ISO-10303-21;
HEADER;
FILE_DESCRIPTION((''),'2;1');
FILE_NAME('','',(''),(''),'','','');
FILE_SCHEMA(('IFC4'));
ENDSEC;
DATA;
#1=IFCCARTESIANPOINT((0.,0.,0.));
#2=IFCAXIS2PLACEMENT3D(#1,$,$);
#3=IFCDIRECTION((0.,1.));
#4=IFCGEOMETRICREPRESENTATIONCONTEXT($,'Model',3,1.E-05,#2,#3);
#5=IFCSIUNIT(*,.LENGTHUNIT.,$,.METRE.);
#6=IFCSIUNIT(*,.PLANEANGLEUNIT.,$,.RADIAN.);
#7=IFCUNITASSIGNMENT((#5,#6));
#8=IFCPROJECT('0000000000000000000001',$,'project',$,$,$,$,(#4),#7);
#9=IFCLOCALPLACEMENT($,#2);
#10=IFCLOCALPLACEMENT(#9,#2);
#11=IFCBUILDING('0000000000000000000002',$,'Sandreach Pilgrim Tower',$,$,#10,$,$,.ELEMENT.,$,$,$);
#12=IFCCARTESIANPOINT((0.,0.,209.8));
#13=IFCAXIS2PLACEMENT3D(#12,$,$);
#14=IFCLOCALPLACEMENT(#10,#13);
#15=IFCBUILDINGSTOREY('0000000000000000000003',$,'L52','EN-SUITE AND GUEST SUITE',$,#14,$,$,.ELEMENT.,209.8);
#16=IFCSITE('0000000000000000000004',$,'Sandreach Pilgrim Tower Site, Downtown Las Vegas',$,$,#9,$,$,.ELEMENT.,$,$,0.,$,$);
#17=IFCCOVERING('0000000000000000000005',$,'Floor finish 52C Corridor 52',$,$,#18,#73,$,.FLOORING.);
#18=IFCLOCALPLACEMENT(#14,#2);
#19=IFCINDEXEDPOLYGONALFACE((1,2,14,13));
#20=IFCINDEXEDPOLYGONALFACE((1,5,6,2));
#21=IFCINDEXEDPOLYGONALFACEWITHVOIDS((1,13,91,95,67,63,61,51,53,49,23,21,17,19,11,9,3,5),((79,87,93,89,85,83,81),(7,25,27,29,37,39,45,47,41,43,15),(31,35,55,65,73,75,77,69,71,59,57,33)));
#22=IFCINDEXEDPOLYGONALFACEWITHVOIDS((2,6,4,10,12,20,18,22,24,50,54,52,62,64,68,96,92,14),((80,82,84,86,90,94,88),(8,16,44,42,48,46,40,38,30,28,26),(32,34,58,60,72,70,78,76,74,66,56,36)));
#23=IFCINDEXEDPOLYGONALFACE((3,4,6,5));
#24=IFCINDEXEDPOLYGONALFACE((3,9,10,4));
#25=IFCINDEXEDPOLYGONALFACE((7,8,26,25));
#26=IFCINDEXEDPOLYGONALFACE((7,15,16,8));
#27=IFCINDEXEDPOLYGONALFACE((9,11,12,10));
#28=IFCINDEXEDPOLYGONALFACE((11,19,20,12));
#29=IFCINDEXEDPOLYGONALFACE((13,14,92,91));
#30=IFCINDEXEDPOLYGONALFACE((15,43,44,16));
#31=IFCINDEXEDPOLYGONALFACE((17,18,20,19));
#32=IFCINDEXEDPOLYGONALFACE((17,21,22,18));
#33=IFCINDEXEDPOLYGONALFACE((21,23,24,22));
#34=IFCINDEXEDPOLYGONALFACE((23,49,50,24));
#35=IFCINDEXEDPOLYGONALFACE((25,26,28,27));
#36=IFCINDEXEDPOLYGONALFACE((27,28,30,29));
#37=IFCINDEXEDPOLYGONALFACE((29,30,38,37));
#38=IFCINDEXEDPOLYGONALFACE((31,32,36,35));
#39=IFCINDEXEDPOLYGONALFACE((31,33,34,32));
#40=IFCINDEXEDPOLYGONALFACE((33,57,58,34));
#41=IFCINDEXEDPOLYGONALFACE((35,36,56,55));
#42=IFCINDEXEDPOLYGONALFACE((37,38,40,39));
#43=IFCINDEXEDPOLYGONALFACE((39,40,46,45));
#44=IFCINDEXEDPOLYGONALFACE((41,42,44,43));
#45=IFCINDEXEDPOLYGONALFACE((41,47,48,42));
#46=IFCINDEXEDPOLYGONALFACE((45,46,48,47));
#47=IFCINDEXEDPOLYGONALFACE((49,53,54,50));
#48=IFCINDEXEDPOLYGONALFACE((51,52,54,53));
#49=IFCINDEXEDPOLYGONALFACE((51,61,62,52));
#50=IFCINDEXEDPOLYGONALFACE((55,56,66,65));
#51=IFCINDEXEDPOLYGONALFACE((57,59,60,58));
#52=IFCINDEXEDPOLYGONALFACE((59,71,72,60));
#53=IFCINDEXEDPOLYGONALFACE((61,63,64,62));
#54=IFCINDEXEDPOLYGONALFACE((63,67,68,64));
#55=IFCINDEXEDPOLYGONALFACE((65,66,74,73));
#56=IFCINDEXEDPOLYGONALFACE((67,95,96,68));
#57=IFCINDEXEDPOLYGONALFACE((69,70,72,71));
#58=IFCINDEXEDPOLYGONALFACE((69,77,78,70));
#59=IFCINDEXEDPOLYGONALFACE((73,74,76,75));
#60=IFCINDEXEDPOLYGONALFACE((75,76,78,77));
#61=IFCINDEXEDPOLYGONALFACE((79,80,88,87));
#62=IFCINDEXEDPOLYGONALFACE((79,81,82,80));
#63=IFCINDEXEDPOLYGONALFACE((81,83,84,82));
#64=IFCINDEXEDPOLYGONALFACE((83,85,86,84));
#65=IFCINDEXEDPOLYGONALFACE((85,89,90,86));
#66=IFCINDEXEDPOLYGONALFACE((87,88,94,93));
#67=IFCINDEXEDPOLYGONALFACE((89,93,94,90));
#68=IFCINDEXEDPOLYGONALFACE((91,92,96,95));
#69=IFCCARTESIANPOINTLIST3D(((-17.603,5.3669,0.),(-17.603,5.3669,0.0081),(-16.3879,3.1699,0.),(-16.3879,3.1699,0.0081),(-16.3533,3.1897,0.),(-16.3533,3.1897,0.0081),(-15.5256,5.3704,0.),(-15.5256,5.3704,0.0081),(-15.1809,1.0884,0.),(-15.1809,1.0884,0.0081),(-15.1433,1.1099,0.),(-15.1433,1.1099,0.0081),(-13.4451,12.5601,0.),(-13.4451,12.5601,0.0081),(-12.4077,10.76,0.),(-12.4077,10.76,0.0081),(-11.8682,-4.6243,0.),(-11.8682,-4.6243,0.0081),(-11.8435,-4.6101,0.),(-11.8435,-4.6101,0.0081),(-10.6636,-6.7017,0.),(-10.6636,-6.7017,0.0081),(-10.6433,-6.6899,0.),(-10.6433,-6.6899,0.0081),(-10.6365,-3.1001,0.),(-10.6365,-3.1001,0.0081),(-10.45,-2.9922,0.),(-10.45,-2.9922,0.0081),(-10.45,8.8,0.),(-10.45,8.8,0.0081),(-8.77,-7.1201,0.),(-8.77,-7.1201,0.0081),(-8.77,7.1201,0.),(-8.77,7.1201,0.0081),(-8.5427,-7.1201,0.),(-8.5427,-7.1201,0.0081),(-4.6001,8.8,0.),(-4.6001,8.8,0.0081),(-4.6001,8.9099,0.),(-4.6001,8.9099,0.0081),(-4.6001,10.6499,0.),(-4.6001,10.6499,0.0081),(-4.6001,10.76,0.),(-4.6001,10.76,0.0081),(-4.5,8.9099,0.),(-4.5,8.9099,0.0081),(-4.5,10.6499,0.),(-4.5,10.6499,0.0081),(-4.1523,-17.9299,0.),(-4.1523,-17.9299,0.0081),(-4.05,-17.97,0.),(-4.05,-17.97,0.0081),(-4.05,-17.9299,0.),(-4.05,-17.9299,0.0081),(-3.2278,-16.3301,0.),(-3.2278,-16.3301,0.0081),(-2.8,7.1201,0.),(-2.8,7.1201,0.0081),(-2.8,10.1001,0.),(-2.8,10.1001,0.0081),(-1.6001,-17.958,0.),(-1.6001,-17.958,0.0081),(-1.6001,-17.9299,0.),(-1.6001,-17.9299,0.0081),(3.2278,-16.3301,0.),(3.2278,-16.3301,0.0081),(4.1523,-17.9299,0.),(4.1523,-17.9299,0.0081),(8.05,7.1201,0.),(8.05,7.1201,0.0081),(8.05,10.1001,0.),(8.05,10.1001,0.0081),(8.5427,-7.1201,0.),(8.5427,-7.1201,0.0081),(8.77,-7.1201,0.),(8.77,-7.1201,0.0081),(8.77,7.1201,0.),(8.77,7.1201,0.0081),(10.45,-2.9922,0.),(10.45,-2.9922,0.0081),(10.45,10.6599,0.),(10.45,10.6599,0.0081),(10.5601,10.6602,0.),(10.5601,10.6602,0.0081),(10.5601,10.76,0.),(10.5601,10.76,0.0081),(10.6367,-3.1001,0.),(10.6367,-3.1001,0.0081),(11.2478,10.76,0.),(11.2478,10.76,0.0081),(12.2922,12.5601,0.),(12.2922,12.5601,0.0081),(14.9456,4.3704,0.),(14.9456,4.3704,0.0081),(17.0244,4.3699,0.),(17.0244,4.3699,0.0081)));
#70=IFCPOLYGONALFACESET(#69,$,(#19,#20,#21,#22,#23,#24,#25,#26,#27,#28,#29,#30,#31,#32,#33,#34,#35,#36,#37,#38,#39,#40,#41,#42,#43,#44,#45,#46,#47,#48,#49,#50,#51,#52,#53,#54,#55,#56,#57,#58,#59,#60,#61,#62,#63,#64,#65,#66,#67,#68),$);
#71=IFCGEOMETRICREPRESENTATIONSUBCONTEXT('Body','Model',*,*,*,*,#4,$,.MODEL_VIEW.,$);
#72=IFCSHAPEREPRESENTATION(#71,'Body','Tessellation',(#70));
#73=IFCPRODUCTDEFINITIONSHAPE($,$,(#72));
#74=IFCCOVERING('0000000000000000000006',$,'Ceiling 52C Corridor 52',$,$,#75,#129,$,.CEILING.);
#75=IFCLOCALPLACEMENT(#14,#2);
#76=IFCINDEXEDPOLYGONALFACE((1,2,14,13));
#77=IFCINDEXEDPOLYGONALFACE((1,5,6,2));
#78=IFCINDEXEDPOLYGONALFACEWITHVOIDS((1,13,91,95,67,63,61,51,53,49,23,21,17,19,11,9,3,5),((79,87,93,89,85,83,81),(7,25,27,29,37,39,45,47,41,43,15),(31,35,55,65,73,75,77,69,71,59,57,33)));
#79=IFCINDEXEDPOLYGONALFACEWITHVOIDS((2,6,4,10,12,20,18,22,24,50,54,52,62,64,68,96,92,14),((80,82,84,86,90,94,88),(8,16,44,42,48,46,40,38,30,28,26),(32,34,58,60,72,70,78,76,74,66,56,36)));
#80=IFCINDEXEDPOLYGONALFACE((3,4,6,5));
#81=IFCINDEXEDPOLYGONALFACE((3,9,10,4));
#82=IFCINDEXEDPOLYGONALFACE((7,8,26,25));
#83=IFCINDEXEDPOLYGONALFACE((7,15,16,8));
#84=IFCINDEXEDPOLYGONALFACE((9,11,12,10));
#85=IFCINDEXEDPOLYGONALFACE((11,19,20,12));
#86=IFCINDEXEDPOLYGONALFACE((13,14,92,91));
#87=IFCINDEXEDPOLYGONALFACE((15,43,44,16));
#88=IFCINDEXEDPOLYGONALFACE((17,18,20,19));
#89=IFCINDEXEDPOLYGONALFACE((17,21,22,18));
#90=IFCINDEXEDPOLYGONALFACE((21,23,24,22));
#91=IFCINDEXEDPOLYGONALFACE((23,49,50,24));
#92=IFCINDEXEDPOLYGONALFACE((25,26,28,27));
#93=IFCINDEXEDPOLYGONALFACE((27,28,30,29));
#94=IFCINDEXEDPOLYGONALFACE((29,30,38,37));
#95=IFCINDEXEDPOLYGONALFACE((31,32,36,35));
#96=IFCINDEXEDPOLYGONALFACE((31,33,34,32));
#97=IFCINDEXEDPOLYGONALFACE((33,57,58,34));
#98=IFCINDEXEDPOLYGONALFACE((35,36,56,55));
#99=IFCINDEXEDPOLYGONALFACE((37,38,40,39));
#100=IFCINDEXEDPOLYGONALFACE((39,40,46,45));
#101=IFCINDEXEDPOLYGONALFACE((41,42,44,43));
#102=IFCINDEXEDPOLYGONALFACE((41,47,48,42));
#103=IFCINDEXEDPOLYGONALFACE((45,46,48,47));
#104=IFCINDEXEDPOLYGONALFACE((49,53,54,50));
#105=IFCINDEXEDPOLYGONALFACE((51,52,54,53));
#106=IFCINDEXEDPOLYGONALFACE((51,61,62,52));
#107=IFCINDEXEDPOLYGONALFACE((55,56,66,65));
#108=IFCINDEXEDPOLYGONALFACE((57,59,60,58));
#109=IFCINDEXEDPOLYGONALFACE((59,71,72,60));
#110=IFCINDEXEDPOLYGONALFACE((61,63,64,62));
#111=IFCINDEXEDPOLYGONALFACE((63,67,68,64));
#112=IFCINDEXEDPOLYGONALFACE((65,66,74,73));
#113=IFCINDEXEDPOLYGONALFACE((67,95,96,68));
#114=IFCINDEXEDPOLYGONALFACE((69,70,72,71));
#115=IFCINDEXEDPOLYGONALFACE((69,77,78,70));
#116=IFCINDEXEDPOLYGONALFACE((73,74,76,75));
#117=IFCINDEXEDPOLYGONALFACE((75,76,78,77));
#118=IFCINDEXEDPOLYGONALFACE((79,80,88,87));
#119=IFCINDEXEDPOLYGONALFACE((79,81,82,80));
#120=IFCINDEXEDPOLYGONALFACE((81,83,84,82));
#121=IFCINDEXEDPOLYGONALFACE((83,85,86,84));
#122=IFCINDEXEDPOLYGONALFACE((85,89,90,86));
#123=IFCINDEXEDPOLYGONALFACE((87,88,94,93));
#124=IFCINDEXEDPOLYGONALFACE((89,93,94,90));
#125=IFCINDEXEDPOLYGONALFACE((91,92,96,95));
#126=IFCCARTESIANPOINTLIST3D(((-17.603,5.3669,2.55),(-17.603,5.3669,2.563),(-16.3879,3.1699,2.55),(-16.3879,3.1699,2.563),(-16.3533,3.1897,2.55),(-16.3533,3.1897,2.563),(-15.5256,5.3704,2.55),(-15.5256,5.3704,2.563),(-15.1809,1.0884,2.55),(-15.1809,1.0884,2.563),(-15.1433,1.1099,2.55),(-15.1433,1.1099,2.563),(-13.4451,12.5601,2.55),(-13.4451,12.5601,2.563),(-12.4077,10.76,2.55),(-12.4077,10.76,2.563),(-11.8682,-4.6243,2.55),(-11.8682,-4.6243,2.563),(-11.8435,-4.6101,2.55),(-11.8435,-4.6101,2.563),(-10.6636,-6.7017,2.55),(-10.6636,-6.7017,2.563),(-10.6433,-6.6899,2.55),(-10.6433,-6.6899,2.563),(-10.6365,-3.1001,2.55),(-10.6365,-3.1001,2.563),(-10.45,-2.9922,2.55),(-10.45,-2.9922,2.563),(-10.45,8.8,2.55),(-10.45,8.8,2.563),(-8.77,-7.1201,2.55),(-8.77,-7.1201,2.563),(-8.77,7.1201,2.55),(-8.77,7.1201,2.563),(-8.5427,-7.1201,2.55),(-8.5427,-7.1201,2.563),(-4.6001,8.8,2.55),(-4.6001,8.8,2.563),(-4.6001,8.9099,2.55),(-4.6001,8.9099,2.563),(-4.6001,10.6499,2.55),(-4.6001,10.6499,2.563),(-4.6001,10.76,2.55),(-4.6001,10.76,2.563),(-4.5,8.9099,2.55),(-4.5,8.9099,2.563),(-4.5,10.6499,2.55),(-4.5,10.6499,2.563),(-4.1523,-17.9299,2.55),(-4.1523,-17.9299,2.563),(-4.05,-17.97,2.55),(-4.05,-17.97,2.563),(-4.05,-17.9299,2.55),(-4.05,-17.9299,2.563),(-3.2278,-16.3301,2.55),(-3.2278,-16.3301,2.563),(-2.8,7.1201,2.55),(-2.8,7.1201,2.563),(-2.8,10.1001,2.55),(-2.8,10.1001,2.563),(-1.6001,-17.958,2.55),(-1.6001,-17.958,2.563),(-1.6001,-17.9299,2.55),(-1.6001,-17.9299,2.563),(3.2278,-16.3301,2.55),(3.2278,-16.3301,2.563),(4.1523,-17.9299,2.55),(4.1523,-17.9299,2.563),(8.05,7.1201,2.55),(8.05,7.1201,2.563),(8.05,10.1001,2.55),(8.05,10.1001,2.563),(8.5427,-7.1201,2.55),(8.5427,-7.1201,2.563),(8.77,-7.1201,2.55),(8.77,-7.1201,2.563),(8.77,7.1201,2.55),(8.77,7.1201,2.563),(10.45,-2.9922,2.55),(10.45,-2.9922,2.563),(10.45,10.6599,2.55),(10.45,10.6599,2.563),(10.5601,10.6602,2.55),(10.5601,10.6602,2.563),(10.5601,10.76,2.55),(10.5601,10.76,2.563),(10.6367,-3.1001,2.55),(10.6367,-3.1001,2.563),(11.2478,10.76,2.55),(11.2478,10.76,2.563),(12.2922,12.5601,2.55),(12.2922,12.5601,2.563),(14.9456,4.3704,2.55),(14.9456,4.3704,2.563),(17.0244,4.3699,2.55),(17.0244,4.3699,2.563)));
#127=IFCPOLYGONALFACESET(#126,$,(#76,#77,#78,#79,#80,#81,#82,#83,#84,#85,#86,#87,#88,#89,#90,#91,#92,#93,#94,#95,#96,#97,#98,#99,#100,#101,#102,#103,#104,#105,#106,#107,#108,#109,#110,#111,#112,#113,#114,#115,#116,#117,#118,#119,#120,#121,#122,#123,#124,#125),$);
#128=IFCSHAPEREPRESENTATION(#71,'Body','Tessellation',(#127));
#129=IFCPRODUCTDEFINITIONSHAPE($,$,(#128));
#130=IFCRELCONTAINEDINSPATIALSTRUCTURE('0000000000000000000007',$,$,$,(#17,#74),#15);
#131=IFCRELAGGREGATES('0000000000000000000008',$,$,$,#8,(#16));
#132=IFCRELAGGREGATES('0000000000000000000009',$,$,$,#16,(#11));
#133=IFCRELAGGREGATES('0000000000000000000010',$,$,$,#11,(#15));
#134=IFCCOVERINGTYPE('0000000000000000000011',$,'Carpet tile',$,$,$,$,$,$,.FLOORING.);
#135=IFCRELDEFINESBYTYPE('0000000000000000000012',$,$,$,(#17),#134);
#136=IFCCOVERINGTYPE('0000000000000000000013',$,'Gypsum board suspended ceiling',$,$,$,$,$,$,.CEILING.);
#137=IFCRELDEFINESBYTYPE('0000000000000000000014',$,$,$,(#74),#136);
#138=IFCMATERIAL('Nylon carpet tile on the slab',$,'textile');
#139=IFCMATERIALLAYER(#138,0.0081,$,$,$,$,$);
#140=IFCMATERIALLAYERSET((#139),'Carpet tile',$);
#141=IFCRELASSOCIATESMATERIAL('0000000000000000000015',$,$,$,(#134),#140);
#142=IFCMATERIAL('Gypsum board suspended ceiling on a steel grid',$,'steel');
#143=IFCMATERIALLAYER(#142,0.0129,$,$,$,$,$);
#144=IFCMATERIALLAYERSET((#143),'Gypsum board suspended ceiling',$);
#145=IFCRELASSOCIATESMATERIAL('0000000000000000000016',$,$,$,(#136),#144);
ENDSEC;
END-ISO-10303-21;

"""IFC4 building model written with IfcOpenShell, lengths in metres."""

from ifc_helpers import new_model, si_unit, direction, frame, origin, place, context, subcontext, project, spatial, polyline, outline, extrude, material, layer, layer_set, type_object, element, save


model = new_model("IFC4")

# Units and contexts
model_context = context("Model", 3, precision=1e-05, world=origin(), true_north=direction((0.0, 1.0)))
body_context = subcontext(model_context, "Body", "Model", "MODEL_VIEW")
ifc_project = project(units=[si_unit("LENGTHUNIT", "METRE"), si_unit("PLANEANGLEUNIT", "RADIAN")], contexts=[model_context])

# Site, building, storey
site_placement = place(None, origin())
site = spatial("IfcSite", under=ifc_project, at=site_placement, Name="Sandreach Pilgrim Tower Site, Downtown Las Vegas", CompositionType="ELEMENT", RefElevation=0.0)
building_placement = place(site_placement, origin())
building = spatial("IfcBuilding", under=site, at=building_placement, Name="Sandreach Pilgrim Tower", CompositionType="ELEMENT")
storey_placement = place(building_placement, frame((0.0, 0.0, 209.8)))
storey = spatial("IfcBuildingStorey", under=building, at=storey_placement, Name="L52", Description="EN-SUITE AND GUEST SUITE", CompositionType="ELEMENT", Elevation=209.8)

# Coverings
ifc_material_1 = material(Name="Nylon carpet tile on the slab", Category="textile")
ifc_layer_1 = layer(ifc_material_1, 0.0081)
ifc_layer_set_1 = layer_set([ifc_layer_1], Name="Carpet tile")
covering_type_1 = type_object("IfcCoveringType", Name="Carpet tile", PredefinedType="FLOORING", material=ifc_layer_set_1)
covering_1_placement = place(storey_placement, origin())
element("IfcCovering", 1, at=covering_1_placement, inside=storey, type_object=covering_type_1, Name="Floor finish 52C Corridor 52", PredefinedType="FLOORING", context=body_context, shape_type="SweptSolid", body=[
    extrude(outline(polyline([(-13.4451, 12.5601), (12.2922, 12.5601), (17.0244, 4.3699), (4.1523, -17.9299), (-1.6001, -17.9299), (-1.6001, -17.958), (-4.05, -17.97), (-4.05, -17.9299), (-4.1523, -17.9299), (-10.6433, -6.6899), (-10.6636, -6.7017), (-11.8682, -4.6243), (-11.8435, -4.6101), (-15.1433, 1.1099), (-15.1809, 1.0884), (-16.3879, 3.1699), (-16.3533, 3.1897), (-17.603, 5.3669), (-13.4451, 12.5601)]), holes=[polyline([(10.45, 10.6599), (10.45, -2.9922), (10.6367, -3.1001), (14.9456, 4.3704), (11.2478, 10.76), (10.5601, 10.76), (10.5601, 10.6602), (10.45, 10.6599)]), polyline([(-3.2278, -16.3301), (3.2278, -16.3301), (8.5427, -7.1201), (8.77, -7.1201), (8.77, 7.1201), (8.05, 7.1201), (8.05, 10.1001), (-2.8, 10.1001), (-2.8, 7.1201), (-8.77, 7.1201), (-8.77, -7.1201), (-8.5427, -7.1201), (-3.2278, -16.3301)]), polyline([(-15.5256, 5.3704), (-10.6365, -3.1001), (-10.45, -2.9922), (-10.45, 8.8), (-4.6001, 8.8), (-4.6001, 8.9099), (-4.5, 8.9099), (-4.5, 10.6499), (-4.6001, 10.6499), (-4.6001, 10.76), (-12.4077, 10.76), (-15.5256, 5.3704)])]), origin(), (0.0, 0.0, 1.0), 0.0081),
])
ifc_material_2 = material(Name="Gypsum board suspended ceiling on a steel grid", Category="steel")
ifc_layer_2 = layer(ifc_material_2, 0.0129)
ifc_layer_set_2 = layer_set([ifc_layer_2], Name="Gypsum board suspended ceiling")
covering_type_2 = type_object("IfcCoveringType", Name="Gypsum board suspended ceiling", PredefinedType="CEILING", material=ifc_layer_set_2)
covering_2_placement = place(storey_placement, frame((0.0, 0.0, 2.55)))
element("IfcCovering", 2, at=covering_2_placement, inside=storey, type_object=covering_type_2, Name="Ceiling 52C Corridor 52", PredefinedType="CEILING", context=body_context, shape_type="SweptSolid", body=[
    extrude(outline(polyline([(-13.4451, 12.5601), (12.2922, 12.5601), (17.0244, 4.3699), (4.1523, -17.9299), (-1.6001, -17.9299), (-1.6001, -17.958), (-4.05, -17.97), (-4.05, -17.9299), (-4.1523, -17.9299), (-10.6433, -6.6899), (-10.6636, -6.7017), (-11.8682, -4.6243), (-11.8435, -4.6101), (-15.1433, 1.1099), (-15.1809, 1.0884), (-16.3879, 3.1699), (-16.3533, 3.1897), (-17.603, 5.3669), (-13.4451, 12.5601)]), holes=[polyline([(10.45, 10.6599), (10.45, -2.9922), (10.6367, -3.1001), (14.9456, 4.3704), (11.2478, 10.76), (10.5601, 10.76), (10.5601, 10.6602), (10.45, 10.6599)]), polyline([(-3.2278, -16.3301), (3.2278, -16.3301), (8.5427, -7.1201), (8.77, -7.1201), (8.77, 7.1201), (8.05, 7.1201), (8.05, 10.1001), (-2.8, 10.1001), (-2.8, 7.1201), (-8.77, 7.1201), (-8.77, -7.1201), (-8.5427, -7.1201), (-3.2278, -16.3301)]), polyline([(-15.5256, 5.3704), (-10.6365, -3.1001), (-10.45, -2.9922), (-10.45, 8.8), (-4.6001, 8.8), (-4.6001, 8.9099), (-4.5, 8.9099), (-4.5, 10.6499), (-4.6001, 10.6499), (-4.6001, 10.76), (-12.4077, 10.76), (-15.5256, 5.3704)])]), origin(), (0.0, 0.0, 1.0), 0.0129),
])

save(model, "model.ifc")
